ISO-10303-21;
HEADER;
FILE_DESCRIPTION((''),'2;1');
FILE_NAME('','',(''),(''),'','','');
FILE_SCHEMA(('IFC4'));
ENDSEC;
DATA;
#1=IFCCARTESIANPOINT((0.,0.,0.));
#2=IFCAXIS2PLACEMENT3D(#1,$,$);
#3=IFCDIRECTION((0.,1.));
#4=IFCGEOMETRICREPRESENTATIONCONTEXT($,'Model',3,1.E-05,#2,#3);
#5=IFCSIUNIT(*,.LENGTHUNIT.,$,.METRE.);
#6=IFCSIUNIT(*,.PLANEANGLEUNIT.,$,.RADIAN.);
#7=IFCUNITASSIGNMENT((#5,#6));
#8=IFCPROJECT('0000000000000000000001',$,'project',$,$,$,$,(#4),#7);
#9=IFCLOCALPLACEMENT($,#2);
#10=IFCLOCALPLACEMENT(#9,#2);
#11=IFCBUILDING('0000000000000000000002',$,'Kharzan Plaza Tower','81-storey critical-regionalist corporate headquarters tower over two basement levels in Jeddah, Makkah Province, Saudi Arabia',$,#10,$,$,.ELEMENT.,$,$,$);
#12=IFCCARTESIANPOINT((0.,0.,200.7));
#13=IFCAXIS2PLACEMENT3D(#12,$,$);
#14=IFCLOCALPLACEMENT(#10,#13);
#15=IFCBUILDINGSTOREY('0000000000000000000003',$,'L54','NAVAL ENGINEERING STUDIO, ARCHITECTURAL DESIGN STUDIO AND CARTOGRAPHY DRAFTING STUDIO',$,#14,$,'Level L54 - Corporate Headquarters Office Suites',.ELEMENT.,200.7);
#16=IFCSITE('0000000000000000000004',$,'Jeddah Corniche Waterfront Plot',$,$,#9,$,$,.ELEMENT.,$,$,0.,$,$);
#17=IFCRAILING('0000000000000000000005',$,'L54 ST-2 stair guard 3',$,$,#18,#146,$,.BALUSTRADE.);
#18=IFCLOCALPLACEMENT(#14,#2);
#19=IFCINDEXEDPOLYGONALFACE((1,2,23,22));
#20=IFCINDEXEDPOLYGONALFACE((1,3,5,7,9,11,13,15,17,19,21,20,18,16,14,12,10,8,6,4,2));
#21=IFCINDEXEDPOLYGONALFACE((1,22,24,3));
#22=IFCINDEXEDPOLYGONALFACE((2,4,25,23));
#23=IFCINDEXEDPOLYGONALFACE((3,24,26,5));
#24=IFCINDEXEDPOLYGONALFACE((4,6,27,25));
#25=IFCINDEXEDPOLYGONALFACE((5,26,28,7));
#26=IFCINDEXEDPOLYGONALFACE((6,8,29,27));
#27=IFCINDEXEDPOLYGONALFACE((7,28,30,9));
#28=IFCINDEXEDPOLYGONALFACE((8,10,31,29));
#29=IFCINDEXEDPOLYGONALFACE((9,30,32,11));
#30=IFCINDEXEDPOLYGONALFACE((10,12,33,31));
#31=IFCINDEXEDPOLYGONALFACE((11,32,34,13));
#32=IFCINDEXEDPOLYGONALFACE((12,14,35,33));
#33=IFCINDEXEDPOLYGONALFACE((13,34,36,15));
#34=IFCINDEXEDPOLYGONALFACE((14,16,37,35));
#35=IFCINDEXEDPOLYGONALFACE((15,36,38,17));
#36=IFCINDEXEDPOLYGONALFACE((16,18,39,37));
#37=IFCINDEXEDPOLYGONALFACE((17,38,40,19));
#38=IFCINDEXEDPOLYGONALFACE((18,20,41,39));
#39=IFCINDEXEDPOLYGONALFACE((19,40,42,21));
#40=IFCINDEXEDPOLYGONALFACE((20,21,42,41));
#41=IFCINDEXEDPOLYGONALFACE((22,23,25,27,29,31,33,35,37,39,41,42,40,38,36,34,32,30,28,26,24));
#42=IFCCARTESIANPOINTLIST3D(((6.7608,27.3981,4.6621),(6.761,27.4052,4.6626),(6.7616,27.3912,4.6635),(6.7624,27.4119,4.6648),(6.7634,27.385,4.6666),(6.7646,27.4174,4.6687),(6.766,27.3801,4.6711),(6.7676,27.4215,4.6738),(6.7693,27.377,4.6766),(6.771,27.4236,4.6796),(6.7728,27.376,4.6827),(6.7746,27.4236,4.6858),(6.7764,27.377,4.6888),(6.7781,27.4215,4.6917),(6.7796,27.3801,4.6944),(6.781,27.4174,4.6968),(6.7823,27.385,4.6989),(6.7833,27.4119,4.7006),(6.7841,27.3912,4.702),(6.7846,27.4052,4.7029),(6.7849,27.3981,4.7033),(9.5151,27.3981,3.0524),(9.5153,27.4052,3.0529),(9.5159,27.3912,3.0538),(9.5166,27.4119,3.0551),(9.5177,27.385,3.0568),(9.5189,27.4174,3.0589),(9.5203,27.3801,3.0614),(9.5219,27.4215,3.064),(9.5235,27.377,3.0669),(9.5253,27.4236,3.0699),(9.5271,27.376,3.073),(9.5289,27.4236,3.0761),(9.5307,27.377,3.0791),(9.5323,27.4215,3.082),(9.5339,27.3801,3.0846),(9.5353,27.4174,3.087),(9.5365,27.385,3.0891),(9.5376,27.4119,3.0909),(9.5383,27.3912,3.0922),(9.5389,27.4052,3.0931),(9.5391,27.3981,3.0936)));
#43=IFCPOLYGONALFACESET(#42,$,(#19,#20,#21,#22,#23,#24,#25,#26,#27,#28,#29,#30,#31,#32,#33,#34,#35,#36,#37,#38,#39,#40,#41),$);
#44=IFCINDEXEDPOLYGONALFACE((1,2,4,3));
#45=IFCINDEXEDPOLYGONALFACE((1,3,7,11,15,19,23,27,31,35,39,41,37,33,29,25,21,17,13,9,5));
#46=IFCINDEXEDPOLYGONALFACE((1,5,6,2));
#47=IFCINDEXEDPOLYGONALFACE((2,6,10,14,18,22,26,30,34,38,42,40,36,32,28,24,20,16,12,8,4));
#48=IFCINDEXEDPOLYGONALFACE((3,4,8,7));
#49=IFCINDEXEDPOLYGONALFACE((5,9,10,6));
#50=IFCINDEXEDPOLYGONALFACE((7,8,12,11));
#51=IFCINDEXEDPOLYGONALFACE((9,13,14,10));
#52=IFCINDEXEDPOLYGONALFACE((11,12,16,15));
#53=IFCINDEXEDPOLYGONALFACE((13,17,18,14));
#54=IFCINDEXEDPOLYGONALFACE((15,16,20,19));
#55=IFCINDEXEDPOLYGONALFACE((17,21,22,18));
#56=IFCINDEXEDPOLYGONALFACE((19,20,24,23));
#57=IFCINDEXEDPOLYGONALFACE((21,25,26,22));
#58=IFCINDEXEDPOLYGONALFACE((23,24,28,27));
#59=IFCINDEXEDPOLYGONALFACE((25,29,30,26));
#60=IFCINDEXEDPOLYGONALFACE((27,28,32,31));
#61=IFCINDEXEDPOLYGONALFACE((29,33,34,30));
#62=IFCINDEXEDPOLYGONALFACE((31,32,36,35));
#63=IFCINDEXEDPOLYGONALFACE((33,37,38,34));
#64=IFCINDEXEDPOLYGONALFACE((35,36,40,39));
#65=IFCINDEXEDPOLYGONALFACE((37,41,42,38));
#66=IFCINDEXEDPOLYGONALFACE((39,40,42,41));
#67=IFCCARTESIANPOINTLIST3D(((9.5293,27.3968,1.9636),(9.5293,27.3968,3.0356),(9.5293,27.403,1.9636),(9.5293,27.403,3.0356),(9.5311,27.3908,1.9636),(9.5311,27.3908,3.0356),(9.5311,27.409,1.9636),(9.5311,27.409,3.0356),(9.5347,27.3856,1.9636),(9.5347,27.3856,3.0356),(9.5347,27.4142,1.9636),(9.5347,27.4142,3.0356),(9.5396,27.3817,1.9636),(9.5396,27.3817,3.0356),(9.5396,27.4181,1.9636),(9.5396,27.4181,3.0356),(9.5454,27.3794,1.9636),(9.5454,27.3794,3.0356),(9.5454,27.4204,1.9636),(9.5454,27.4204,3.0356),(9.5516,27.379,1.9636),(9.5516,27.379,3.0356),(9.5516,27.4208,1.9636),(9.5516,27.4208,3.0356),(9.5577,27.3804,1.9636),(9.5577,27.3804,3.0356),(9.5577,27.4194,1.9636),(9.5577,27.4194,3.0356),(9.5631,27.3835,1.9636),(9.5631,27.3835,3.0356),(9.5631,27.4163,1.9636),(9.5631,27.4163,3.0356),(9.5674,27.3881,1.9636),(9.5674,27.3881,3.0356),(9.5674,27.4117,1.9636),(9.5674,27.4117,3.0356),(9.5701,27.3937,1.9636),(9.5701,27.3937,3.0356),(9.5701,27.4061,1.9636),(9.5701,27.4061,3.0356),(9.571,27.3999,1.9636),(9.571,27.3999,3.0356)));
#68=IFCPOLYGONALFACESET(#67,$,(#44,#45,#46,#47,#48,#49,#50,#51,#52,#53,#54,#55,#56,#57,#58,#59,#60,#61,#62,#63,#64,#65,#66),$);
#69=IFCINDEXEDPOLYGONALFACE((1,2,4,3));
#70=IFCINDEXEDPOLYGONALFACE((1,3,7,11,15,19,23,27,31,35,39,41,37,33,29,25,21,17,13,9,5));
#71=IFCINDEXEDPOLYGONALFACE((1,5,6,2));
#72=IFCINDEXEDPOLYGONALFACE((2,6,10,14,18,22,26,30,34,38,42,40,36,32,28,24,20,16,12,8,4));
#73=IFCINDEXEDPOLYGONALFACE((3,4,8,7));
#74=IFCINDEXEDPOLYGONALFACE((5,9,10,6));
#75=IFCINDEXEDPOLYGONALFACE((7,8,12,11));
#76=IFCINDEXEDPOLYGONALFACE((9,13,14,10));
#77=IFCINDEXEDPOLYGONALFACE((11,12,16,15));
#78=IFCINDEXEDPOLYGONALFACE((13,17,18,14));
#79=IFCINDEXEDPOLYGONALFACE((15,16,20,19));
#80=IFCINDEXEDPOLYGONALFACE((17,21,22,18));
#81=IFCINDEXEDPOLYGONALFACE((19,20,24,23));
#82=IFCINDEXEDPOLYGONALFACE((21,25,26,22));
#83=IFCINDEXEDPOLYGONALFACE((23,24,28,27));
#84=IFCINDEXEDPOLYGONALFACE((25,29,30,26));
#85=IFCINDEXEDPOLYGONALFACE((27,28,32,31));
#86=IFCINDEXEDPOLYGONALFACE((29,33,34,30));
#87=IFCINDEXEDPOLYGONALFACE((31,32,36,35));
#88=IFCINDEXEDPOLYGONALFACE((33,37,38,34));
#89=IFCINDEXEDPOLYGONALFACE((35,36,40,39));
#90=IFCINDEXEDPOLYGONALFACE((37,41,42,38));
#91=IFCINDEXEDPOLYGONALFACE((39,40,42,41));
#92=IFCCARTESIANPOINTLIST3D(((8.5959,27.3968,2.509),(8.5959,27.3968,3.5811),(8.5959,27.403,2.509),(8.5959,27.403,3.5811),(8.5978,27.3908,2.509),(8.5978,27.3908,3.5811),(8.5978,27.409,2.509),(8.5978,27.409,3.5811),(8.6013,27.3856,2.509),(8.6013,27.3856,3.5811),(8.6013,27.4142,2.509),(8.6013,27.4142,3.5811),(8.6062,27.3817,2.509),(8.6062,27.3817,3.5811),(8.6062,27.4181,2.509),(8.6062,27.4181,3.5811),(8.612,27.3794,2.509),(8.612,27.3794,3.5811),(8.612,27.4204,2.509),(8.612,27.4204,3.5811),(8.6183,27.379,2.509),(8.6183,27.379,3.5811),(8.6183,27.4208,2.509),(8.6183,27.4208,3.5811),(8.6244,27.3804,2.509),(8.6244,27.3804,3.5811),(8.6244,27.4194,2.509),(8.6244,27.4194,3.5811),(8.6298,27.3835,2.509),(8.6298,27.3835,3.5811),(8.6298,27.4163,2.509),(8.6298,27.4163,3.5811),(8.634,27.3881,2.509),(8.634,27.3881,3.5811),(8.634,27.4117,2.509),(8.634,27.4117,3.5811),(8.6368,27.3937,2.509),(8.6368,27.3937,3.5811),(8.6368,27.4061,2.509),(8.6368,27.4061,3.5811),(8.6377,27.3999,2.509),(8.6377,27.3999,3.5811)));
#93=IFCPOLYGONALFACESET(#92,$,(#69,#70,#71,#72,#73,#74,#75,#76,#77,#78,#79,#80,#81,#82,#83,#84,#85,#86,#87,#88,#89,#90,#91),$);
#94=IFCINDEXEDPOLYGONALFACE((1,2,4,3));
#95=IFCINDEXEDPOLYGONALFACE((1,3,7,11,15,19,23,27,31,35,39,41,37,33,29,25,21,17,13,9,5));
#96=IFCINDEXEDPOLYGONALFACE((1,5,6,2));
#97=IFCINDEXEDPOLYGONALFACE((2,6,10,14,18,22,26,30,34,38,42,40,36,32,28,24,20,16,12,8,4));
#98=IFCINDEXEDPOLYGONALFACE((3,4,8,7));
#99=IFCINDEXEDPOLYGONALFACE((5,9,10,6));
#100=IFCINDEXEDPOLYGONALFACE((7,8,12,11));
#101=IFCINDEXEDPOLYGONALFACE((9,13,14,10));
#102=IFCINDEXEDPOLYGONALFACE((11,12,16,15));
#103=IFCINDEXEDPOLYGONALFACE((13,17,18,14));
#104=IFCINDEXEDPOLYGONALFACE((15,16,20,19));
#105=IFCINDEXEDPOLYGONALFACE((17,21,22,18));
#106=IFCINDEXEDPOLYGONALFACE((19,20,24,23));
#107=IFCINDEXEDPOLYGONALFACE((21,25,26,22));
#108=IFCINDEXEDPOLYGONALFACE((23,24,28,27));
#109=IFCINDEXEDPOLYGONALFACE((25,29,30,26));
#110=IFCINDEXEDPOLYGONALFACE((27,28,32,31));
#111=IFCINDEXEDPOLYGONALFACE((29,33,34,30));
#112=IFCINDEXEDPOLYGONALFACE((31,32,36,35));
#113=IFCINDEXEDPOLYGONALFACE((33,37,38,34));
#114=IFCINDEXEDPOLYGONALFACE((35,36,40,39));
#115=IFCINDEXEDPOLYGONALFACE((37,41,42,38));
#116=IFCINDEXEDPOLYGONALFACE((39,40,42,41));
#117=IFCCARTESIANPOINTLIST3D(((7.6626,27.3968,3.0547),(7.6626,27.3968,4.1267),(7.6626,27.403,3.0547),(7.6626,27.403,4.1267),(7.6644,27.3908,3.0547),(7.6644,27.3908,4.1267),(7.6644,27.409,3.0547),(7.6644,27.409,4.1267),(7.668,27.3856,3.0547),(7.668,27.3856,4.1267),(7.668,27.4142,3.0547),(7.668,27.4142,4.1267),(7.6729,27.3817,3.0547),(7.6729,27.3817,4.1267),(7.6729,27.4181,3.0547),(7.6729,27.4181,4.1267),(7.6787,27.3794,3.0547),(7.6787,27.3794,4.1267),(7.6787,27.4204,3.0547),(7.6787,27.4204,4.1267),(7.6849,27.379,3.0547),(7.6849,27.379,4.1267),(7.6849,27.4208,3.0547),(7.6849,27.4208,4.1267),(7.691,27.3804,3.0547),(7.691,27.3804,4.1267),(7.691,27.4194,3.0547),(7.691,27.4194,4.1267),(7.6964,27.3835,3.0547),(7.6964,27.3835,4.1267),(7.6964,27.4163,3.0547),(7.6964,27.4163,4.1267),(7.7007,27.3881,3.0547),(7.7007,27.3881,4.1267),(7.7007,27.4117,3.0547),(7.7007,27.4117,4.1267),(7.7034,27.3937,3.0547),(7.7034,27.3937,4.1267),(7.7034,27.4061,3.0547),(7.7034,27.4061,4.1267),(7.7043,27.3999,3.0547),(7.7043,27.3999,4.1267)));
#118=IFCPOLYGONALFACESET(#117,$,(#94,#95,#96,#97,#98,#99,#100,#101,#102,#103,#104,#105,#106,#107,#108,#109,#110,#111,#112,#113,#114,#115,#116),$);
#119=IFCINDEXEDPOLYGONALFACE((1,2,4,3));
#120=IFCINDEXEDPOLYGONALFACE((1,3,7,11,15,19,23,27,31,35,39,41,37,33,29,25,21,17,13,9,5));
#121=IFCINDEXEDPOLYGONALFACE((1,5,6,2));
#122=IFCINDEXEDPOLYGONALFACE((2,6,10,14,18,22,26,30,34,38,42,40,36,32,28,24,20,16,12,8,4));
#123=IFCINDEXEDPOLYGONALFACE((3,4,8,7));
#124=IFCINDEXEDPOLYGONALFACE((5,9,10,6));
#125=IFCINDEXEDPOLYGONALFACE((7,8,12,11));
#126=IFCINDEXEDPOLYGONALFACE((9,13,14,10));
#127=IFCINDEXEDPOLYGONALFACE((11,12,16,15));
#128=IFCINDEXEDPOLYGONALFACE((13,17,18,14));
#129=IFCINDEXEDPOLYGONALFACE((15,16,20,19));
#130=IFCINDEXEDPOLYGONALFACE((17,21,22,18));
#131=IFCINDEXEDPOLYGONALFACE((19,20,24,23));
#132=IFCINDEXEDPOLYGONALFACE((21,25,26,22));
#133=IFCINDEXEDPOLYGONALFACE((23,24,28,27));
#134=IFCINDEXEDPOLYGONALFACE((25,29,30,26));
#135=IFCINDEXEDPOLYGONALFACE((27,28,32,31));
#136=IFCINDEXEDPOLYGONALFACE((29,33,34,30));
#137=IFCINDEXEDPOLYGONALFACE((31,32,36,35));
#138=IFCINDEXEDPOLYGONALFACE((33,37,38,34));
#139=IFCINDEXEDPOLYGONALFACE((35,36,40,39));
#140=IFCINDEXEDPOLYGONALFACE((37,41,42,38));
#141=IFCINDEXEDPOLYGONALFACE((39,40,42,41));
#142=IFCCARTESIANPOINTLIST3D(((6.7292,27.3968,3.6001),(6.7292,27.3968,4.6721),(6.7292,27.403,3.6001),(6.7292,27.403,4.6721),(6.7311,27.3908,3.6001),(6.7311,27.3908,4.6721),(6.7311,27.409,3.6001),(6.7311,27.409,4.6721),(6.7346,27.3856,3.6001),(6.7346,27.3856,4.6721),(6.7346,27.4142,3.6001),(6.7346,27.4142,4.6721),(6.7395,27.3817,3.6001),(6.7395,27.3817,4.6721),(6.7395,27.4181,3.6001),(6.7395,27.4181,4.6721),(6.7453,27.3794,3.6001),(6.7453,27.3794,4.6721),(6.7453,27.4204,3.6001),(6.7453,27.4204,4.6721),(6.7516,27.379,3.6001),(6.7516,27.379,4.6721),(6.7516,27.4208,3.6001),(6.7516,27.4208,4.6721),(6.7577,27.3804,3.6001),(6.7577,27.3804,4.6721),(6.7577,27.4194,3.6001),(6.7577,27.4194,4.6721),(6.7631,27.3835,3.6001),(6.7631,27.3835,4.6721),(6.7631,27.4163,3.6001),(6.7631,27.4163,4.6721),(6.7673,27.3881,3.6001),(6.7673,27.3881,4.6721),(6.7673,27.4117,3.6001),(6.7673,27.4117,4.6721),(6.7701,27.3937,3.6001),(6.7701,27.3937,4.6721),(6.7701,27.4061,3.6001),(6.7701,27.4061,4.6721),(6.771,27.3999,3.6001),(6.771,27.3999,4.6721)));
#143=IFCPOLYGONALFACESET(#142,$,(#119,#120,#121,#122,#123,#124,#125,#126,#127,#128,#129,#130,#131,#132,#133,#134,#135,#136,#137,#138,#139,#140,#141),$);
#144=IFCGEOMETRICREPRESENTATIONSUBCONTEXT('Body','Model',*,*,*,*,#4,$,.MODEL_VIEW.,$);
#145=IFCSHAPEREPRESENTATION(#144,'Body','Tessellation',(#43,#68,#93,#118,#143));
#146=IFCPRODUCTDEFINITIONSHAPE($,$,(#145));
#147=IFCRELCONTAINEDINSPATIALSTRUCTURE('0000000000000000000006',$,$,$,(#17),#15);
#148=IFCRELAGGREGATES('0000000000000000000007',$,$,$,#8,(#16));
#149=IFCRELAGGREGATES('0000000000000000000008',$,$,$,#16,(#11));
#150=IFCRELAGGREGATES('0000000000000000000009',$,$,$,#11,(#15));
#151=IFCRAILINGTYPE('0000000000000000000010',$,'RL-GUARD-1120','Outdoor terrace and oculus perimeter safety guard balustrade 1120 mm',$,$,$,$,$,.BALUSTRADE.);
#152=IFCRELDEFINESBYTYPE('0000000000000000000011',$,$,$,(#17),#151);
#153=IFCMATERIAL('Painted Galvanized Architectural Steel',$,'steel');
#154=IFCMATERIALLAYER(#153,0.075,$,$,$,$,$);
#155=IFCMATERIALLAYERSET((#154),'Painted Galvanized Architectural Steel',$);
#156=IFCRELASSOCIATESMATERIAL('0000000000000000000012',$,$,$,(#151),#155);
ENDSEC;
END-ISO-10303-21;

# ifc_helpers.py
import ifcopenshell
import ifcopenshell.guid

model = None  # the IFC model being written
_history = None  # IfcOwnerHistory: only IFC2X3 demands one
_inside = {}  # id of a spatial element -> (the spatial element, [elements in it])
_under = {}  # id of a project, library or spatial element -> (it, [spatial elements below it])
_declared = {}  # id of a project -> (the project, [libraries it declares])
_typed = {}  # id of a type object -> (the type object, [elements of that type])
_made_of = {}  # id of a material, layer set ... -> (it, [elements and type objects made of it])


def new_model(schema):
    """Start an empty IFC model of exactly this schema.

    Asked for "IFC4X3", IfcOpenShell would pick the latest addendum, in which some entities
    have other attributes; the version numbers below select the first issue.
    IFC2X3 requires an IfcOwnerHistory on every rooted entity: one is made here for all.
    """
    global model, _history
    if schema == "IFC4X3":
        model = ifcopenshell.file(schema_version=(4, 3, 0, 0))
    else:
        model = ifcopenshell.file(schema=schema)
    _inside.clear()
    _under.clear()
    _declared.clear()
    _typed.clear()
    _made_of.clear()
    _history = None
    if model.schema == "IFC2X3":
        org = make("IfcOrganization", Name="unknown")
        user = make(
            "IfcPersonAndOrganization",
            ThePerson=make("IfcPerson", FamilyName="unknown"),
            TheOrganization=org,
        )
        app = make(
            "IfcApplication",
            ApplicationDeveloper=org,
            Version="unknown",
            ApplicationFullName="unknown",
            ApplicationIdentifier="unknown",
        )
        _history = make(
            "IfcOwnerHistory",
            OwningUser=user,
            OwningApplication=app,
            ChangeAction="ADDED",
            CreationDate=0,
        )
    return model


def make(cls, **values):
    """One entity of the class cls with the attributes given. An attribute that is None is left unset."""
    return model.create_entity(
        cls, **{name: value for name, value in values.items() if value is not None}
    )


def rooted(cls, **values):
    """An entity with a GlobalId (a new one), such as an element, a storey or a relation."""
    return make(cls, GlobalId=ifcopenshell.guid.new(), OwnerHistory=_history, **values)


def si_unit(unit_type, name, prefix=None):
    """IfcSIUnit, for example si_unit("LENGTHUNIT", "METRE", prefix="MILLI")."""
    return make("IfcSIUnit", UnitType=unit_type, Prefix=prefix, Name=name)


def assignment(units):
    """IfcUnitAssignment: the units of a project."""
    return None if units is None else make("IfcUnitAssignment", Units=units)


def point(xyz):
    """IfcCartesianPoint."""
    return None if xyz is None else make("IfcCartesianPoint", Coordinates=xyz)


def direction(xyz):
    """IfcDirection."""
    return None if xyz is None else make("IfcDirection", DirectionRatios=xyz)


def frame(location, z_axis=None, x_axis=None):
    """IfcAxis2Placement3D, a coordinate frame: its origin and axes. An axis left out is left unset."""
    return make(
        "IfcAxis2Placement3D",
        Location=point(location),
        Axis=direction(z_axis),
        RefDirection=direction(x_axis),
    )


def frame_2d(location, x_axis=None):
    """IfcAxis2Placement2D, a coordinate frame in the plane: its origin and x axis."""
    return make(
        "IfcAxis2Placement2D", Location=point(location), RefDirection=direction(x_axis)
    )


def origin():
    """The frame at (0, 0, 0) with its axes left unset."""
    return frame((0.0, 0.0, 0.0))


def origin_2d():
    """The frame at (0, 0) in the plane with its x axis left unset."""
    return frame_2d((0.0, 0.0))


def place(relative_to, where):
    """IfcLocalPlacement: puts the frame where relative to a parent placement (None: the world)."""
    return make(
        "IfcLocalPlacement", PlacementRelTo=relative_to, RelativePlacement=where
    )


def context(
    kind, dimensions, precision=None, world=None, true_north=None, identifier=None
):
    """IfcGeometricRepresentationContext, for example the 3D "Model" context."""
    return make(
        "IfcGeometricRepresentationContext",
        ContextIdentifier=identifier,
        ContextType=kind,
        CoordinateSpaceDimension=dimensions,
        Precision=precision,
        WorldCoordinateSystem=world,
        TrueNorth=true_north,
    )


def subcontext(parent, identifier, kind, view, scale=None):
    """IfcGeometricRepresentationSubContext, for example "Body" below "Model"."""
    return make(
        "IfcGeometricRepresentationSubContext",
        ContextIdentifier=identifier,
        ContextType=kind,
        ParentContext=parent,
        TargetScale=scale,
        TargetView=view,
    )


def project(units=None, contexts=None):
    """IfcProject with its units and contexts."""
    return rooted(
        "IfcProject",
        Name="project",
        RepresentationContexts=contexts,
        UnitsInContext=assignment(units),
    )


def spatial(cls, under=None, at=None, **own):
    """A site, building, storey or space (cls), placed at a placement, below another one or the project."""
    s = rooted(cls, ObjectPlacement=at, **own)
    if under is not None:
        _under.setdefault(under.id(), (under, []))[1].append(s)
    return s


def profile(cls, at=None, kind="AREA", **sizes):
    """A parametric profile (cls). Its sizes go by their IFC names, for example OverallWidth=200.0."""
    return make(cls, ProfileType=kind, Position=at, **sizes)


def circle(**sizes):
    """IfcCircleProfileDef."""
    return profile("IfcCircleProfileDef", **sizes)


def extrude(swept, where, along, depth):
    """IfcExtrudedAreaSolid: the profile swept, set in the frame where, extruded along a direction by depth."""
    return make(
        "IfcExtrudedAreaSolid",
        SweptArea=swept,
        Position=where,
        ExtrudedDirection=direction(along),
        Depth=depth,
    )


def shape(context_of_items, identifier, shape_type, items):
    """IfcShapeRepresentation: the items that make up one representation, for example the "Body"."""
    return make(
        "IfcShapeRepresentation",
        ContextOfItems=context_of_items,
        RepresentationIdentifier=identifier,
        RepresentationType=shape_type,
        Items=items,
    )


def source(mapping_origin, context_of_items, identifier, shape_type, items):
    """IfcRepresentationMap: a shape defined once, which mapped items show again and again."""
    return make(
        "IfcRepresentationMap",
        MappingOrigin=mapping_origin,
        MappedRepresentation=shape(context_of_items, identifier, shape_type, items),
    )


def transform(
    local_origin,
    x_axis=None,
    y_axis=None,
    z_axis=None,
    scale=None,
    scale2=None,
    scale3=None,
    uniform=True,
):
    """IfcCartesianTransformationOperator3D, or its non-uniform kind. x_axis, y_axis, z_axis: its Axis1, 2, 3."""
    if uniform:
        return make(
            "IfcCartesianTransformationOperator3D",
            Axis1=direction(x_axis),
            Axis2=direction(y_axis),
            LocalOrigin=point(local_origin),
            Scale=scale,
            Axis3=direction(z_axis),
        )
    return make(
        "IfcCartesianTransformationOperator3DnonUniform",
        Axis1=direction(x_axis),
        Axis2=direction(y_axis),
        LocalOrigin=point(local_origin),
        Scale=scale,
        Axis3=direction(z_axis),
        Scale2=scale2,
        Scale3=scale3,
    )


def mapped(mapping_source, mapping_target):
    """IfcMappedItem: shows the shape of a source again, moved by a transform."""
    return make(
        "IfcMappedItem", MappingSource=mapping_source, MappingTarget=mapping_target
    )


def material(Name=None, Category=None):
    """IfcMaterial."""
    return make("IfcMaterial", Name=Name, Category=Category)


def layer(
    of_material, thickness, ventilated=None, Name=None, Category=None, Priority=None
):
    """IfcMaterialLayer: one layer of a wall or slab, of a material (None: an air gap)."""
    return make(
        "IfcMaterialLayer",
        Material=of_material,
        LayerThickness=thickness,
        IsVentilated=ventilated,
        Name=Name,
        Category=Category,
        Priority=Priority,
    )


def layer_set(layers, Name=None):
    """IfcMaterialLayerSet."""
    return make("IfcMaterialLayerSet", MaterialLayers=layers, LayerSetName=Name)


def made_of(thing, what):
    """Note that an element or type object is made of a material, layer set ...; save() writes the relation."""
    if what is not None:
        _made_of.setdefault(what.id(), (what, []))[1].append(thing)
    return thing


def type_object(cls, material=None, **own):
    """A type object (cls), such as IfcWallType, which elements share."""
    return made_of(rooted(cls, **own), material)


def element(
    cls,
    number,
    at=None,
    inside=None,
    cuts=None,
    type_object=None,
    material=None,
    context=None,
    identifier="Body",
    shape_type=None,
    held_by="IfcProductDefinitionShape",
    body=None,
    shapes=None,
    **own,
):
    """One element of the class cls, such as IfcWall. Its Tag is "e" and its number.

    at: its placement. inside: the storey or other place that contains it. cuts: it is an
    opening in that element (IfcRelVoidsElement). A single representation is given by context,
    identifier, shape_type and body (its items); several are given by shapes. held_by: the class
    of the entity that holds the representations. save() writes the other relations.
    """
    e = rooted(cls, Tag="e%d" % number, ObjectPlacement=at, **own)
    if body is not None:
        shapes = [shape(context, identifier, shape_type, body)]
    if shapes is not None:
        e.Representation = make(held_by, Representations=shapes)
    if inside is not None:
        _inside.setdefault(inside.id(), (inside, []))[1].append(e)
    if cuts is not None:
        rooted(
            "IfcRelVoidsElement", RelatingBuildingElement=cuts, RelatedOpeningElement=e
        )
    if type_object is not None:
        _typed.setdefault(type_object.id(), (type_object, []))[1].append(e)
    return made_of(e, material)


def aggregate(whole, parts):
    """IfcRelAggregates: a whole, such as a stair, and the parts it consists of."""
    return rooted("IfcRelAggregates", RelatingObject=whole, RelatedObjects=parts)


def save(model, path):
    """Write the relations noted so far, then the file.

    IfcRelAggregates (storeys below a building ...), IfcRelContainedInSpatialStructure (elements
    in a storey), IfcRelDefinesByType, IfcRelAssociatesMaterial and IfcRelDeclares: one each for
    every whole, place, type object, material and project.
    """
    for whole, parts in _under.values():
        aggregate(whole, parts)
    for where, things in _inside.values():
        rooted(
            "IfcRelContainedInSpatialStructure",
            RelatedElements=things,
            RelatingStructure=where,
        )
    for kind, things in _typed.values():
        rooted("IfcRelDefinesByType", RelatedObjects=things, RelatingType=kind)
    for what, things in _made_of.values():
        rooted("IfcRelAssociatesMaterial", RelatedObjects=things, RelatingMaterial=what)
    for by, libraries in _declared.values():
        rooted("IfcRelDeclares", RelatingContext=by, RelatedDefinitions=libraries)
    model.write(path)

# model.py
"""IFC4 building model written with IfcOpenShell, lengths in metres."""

from ifc_helpers import new_model, si_unit, direction, frame, origin, origin_2d, place, context, subcontext, project, spatial, circle, extrude, source, transform, mapped, material, layer, layer_set, type_object, element, save


model = new_model("IFC4")

# Units and contexts
model_context = context("Model", 3, precision=1e-05, world=origin(), true_north=direction((0.0, 1.0)))
body_context = subcontext(model_context, "Body", "Model", "MODEL_VIEW")
ifc_project = project(units=[si_unit("LENGTHUNIT", "METRE"), si_unit("PLANEANGLEUNIT", "RADIAN")], contexts=[model_context])

# Site, building, storey
site_placement = place(None, origin())
site = spatial("IfcSite", under=ifc_project, at=site_placement, Name="Jeddah Corniche Waterfront Plot", CompositionType="ELEMENT", RefElevation=0.0)
building_placement = place(site_placement, origin())
building = spatial("IfcBuilding", under=site, at=building_placement, Name="Kharzan Plaza Tower", Description="81-storey critical-regionalist corporate headquarters tower over two basement levels in Jeddah, Makkah Province, Saudi Arabia", CompositionType="ELEMENT")
storey_placement = place(building_placement, frame((0.0, 0.0, 200.7)))
storey = spatial("IfcBuildingStorey", under=building, at=storey_placement, Name="L54", Description="NAVAL ENGINEERING STUDIO, ARCHITECTURAL DESIGN STUDIO AND CARTOGRAPHY DRAFTING STUDIO", LongName="Level L54 - Corporate Headquarters Office Suites", CompositionType="ELEMENT", Elevation=200.7)

# Railing
ifc_material_1 = material(Name="Painted Galvanized Architectural Steel", Category="steel")
ifc_layer_1 = layer(ifc_material_1, 0.075)
ifc_layer_set_1 = layer_set([ifc_layer_1], Name="Painted Galvanized Architectural Steel")
railing_type_1 = type_object("IfcRailingType", Name="RL-GUARD-1120", Description="Outdoor terrace and oculus perimeter safety guard balustrade 1120 mm", PredefinedType="BALUSTRADE", material=ifc_layer_set_1)
shared_shape_1 = source(origin(), body_context, "Body", "SweptSolid", [
    extrude(circle(Radius=0.0239, at=origin_2d()), frame((-0.0229, 0.0, 1.1094), z_axis=(-0.863361, 0.0, 0.504587), x_axis=(0.0, -1.0, 0.0)), (0.0, 0.0, 1.0), 3.1902),
    extrude(circle(Radius=0.021, at=origin_2d()), origin(), (0.0, 0.0, 1.0), 1.072),
    extrude(circle(Radius=0.021, at=origin_2d()), frame((-0.9333, 0.0, 0.5454)), (0.0, 0.0, 1.0), 1.072),
    extrude(circle(Radius=0.021, at=origin_2d()), frame((-1.8667, 0.0, 1.0911)), (0.0, 0.0, 1.0), 1.072),
    extrude(circle(Radius=0.021, at=origin_2d()), frame((-2.8, 0.0, 1.6365)), (0.0, 0.0, 1.0), 1.072),
])
railing_1_placement = place(storey_placement, frame((9.55, 27.3999, 1.9636)))
element("IfcRailing", 1, at=railing_1_placement, inside=storey, type_object=railing_type_1, Name="L54 ST-2 stair guard 3", PredefinedType="BALUSTRADE", context=body_context, shape_type="MappedRepresentation", body=[
    mapped(shared_shape_1, transform((0.0, 0.0, 0.0), x_axis=(1.0, 0.0, 0.0), y_axis=(0.0, 1.0, 0.0), z_axis=(0.0, 0.0, 1.0))),
])

save(model, "model.ifc")
